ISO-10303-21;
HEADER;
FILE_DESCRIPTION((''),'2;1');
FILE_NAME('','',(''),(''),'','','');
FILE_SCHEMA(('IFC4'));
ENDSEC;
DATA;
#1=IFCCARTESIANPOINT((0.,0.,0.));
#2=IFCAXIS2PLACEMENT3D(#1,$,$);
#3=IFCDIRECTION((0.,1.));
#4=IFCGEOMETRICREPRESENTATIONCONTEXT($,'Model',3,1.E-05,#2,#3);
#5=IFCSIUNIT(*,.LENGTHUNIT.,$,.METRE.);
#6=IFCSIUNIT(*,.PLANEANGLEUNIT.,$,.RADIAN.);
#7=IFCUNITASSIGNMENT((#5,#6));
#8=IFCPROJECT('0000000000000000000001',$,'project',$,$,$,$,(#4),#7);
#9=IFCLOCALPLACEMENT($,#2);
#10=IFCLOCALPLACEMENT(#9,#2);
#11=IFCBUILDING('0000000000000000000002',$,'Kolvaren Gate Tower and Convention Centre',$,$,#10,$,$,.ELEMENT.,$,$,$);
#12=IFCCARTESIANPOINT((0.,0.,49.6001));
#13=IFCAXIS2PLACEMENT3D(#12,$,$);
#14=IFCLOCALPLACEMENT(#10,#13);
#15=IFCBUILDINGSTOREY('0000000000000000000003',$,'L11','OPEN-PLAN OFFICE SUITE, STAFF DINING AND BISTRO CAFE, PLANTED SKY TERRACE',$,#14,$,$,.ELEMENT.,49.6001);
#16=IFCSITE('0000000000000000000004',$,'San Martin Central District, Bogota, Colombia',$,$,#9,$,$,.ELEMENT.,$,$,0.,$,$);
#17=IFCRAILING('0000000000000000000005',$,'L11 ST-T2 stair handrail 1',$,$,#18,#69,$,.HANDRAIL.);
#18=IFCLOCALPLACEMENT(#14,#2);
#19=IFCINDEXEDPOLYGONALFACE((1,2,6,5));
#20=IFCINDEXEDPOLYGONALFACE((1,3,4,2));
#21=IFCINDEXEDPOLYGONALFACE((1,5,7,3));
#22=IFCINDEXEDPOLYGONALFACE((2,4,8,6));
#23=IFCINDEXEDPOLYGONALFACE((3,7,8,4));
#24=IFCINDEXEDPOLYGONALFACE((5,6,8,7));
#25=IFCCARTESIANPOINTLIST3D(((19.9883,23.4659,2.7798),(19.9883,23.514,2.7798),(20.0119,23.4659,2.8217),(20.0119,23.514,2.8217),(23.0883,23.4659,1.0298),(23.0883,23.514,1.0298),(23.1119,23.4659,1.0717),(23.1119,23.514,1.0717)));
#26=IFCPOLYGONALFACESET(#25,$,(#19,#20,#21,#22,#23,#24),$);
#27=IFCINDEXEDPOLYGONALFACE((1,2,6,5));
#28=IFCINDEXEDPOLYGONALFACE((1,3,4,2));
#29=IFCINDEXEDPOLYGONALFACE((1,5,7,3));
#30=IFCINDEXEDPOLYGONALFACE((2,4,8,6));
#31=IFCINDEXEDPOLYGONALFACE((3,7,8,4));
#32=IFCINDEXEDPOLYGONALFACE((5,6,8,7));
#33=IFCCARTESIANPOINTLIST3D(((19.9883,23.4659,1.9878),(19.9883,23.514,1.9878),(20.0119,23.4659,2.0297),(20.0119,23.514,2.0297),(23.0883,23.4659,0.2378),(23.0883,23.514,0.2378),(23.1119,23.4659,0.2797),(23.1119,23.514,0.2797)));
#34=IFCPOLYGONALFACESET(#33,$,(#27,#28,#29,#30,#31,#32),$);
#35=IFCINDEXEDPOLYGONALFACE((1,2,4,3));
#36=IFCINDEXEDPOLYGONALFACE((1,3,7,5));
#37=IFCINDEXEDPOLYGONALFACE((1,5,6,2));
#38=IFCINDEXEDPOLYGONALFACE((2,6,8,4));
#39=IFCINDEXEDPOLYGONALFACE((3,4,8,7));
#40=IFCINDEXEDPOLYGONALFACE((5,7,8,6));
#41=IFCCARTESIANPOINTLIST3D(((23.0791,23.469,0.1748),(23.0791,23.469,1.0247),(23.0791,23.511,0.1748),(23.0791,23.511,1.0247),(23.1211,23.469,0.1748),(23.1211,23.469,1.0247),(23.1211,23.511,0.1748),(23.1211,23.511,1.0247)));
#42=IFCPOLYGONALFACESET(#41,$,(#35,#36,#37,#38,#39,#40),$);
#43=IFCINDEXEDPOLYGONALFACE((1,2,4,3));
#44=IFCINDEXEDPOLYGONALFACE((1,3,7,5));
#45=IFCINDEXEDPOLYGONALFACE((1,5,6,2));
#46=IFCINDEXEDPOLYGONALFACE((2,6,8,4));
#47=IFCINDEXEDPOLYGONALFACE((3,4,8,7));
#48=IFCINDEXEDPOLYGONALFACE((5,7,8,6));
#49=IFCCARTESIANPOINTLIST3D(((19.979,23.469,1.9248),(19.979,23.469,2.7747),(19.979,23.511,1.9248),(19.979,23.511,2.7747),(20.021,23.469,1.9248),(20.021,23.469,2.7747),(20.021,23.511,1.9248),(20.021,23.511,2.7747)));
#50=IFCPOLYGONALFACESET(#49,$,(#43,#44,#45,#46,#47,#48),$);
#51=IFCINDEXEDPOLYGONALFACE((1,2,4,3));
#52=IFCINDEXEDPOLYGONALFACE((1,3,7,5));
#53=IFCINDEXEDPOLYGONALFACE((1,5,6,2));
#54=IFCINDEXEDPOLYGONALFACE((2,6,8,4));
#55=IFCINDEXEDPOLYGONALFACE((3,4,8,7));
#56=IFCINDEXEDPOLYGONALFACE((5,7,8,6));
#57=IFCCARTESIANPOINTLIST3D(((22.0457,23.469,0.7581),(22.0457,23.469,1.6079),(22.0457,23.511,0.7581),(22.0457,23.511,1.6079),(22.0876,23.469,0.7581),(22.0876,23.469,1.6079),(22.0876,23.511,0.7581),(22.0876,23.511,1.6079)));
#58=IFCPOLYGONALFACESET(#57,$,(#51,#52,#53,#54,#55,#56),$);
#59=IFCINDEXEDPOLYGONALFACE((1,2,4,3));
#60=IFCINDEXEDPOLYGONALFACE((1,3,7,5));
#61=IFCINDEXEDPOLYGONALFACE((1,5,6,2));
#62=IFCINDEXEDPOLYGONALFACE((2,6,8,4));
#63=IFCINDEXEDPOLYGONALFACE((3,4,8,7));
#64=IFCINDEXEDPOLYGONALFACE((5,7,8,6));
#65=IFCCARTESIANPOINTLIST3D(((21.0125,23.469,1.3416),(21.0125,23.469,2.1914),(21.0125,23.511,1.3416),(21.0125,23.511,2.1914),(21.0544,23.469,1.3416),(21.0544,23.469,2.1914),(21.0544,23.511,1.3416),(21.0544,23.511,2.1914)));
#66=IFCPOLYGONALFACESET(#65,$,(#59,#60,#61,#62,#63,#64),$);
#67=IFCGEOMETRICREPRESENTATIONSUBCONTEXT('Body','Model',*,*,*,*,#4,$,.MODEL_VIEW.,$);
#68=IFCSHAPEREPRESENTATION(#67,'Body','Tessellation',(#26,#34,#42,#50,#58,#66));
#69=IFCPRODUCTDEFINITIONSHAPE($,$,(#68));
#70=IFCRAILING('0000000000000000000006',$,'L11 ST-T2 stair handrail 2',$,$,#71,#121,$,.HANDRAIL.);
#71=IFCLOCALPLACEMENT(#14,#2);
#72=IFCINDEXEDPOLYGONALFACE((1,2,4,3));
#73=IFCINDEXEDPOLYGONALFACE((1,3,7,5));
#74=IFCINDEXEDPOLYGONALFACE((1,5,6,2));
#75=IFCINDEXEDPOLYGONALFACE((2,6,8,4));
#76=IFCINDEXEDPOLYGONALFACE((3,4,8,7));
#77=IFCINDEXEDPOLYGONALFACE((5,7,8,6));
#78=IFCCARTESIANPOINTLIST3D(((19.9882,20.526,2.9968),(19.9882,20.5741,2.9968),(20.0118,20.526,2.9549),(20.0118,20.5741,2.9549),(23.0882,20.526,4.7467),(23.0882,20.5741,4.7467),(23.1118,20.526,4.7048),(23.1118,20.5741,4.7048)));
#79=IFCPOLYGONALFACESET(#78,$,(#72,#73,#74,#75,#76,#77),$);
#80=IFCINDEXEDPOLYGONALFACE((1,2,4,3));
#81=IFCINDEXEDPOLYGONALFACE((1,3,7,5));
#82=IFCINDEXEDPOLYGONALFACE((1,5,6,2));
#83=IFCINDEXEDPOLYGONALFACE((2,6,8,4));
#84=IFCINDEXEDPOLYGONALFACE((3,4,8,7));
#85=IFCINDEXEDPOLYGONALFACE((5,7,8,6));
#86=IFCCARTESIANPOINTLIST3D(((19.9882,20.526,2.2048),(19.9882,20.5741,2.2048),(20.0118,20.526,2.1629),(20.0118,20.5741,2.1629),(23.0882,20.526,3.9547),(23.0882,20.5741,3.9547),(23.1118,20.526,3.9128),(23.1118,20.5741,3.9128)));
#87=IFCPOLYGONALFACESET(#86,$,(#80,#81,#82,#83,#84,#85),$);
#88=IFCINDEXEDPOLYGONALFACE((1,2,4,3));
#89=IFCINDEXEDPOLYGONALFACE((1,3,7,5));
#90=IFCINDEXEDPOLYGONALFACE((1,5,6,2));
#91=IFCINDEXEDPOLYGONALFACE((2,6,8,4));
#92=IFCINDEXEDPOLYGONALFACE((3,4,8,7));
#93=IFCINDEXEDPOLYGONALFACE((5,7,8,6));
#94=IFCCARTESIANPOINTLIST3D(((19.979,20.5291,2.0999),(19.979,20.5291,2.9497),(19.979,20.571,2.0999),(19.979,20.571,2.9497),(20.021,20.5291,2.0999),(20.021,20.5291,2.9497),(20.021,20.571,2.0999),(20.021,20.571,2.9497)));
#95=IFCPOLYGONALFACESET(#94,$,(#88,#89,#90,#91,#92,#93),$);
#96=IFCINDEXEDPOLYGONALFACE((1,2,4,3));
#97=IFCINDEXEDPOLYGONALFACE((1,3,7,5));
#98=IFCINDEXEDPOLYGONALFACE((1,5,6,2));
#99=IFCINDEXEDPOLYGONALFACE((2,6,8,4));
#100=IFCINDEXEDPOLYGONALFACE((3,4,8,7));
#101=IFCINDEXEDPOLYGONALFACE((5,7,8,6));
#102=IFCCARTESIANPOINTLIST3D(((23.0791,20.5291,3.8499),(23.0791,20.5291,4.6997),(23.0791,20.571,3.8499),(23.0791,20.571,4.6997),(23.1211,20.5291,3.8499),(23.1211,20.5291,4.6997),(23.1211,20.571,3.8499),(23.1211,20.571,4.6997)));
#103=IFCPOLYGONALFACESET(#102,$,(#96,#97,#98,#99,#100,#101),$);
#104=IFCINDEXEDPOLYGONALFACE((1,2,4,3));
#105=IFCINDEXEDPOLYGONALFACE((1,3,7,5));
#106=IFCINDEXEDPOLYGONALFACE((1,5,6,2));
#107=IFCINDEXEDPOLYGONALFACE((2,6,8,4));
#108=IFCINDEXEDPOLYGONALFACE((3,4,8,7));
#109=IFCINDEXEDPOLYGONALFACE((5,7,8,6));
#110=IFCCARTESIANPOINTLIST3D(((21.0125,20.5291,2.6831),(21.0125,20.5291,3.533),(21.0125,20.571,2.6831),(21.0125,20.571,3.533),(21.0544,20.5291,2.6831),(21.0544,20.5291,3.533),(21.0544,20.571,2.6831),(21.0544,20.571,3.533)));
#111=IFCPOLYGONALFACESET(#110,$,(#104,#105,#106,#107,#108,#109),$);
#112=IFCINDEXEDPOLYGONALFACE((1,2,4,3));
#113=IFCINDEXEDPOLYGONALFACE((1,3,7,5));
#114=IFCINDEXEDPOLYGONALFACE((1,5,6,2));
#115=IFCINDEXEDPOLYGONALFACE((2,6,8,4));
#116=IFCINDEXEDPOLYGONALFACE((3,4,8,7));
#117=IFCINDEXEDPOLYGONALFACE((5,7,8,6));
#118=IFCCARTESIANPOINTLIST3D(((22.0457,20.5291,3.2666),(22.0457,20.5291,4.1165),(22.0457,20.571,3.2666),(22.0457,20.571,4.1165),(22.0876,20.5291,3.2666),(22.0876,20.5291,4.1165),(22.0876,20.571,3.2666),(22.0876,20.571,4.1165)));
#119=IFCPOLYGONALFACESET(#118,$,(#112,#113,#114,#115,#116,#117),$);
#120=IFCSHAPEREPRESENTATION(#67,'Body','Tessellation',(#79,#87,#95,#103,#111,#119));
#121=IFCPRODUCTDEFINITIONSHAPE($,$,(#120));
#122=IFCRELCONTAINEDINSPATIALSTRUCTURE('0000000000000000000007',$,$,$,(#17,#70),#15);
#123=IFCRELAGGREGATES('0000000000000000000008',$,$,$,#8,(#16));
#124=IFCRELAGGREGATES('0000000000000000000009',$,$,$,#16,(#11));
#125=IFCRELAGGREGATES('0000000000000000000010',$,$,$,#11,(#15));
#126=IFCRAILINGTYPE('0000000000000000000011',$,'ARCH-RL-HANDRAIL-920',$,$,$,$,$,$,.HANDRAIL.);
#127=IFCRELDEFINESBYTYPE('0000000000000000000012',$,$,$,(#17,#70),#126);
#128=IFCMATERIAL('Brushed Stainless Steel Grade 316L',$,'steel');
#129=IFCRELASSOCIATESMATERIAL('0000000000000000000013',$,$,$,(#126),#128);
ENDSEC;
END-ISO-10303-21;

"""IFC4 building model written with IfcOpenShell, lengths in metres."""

from ifc_helpers import new_model, si_unit, direction, frame, origin, origin_2d, place, context, subcontext, project, spatial, rectangle, extrude, material, type_object, element, save


model = new_model("IFC4")

# Units and contexts
model_context = context("Model", 3, precision=1e-05, world=origin(), true_north=direction((0.0, 1.0)))
body_context = subcontext(model_context, "Body", "Model", "MODEL_VIEW")
ifc_project = project(units=[si_unit("LENGTHUNIT", "METRE"), si_unit("PLANEANGLEUNIT", "RADIAN")], contexts=[model_context])

# Site, building, storey
site_placement = place(None, origin())
site = spatial("IfcSite", under=ifc_project, at=site_placement, Name="San Martin Central District, Bogota, Colombia", CompositionType="ELEMENT", RefElevation=0.0)
building_placement = place(site_placement, origin())
building = spatial("IfcBuilding", under=site, at=building_placement, Name="Kolvaren Gate Tower and Convention Centre", CompositionType="ELEMENT")
storey_placement = place(building_placement, frame((0.0, 0.0, 49.6001)))
storey = spatial("IfcBuildingStorey", under=building, at=storey_placement, Name="L11", Description="OPEN-PLAN OFFICE SUITE, STAFF DINING AND BISTRO CAFE, PLANTED SKY TERRACE", CompositionType="ELEMENT", Elevation=49.6001)

# Shared definitions
ifc_material_1 = material(Name="Brushed Stainless Steel Grade 316L", Category="steel")

# Railings
railing_type_1 = type_object("IfcRailingType", Name="ARCH-RL-HANDRAIL-920", PredefinedType="HANDRAIL", material=ifc_material_1)
railing_1_placement = place(storey_placement, frame((23.1001, 23.49, 0.1748)))
element("IfcRailing", 1, at=railing_1_placement, inside=storey, type_object=railing_type_1, Name="L11 ST-T2 stair handrail 1", PredefinedType="HANDRAIL", context=body_context, shape_type="SweptSolid", body=[
    extrude(rectangle(XDim=0.0481, YDim=0.0481, at=origin_2d()), frame((0.0, 0.0, 0.876), z_axis=(-0.870831, 0.0, 0.491583), x_axis=(0.0, -1.0, 0.0)), (0.0, 0.0, 1.0), 3.5598),
    extrude(rectangle(XDim=0.0481, YDim=0.0481, at=origin_2d()), frame((0.0, 0.0, 0.084), z_axis=(-0.870831, 0.0, 0.491583), x_axis=(0.0, -1.0, 0.0)), (0.0, 0.0, 1.0), 3.5598),
    extrude(rectangle(XDim=0.042, YDim=0.042, at=origin_2d()), origin(), (0.0, 0.0, 1.0), 0.8499),
    extrude(rectangle(XDim=0.042, YDim=0.042, at=origin_2d()), frame((-3.1001, 0.0, 1.75)), (0.0, 0.0, 1.0), 0.8499),
    extrude(rectangle(XDim=0.042, YDim=0.042, at=origin_2d()), frame((-1.0334, 0.0, 0.5833)), (0.0, 0.0, 1.0), 0.8499),
    extrude(rectangle(XDim=0.042, YDim=0.042, at=origin_2d()), frame((-2.0667, 0.0, 1.1667)), (0.0, 0.0, 1.0), 0.8499),
])
railing_2_placement = place(storey_placement, frame((20.0, 20.55, 2.0999)))
element("IfcRailing", 2, at=railing_2_placement, inside=storey, type_object=railing_type_1, Name="L11 ST-T2 stair handrail 2", PredefinedType="HANDRAIL", context=body_context, shape_type="SweptSolid", body=[
    extrude(rectangle(XDim=0.0481, YDim=0.0481, at=origin_2d()), frame((0.0, 0.0, 0.876), z_axis=(0.870831, 0.0, 0.491583), x_axis=(0.0, 1.0, 0.0)), (0.0, 0.0, 1.0), 3.5598),
    extrude(rectangle(XDim=0.0481, YDim=0.0481, at=origin_2d()), frame((0.0, 0.0, 0.084), z_axis=(0.870831, 0.0, 0.491583), x_axis=(0.0, 1.0, 0.0)), (0.0, 0.0, 1.0), 3.5598),
    extrude(rectangle(XDim=0.042, YDim=0.042, at=origin_2d()), origin(), (0.0, 0.0, 1.0), 0.8499),
    extrude(rectangle(XDim=0.042, YDim=0.042, at=origin_2d()), frame((3.1001, 0.0, 1.75)), (0.0, 0.0, 1.0), 0.8499),
    extrude(rectangle(XDim=0.042, YDim=0.042, at=origin_2d()), frame((1.0334, 0.0, 0.5833)), (0.0, 0.0, 1.0), 0.8499),
    extrude(rectangle(XDim=0.042, YDim=0.042, at=origin_2d()), frame((2.0667, 0.0, 1.1667)), (0.0, 0.0, 1.0), 0.8499),
])

save(model, "model.ifc")
